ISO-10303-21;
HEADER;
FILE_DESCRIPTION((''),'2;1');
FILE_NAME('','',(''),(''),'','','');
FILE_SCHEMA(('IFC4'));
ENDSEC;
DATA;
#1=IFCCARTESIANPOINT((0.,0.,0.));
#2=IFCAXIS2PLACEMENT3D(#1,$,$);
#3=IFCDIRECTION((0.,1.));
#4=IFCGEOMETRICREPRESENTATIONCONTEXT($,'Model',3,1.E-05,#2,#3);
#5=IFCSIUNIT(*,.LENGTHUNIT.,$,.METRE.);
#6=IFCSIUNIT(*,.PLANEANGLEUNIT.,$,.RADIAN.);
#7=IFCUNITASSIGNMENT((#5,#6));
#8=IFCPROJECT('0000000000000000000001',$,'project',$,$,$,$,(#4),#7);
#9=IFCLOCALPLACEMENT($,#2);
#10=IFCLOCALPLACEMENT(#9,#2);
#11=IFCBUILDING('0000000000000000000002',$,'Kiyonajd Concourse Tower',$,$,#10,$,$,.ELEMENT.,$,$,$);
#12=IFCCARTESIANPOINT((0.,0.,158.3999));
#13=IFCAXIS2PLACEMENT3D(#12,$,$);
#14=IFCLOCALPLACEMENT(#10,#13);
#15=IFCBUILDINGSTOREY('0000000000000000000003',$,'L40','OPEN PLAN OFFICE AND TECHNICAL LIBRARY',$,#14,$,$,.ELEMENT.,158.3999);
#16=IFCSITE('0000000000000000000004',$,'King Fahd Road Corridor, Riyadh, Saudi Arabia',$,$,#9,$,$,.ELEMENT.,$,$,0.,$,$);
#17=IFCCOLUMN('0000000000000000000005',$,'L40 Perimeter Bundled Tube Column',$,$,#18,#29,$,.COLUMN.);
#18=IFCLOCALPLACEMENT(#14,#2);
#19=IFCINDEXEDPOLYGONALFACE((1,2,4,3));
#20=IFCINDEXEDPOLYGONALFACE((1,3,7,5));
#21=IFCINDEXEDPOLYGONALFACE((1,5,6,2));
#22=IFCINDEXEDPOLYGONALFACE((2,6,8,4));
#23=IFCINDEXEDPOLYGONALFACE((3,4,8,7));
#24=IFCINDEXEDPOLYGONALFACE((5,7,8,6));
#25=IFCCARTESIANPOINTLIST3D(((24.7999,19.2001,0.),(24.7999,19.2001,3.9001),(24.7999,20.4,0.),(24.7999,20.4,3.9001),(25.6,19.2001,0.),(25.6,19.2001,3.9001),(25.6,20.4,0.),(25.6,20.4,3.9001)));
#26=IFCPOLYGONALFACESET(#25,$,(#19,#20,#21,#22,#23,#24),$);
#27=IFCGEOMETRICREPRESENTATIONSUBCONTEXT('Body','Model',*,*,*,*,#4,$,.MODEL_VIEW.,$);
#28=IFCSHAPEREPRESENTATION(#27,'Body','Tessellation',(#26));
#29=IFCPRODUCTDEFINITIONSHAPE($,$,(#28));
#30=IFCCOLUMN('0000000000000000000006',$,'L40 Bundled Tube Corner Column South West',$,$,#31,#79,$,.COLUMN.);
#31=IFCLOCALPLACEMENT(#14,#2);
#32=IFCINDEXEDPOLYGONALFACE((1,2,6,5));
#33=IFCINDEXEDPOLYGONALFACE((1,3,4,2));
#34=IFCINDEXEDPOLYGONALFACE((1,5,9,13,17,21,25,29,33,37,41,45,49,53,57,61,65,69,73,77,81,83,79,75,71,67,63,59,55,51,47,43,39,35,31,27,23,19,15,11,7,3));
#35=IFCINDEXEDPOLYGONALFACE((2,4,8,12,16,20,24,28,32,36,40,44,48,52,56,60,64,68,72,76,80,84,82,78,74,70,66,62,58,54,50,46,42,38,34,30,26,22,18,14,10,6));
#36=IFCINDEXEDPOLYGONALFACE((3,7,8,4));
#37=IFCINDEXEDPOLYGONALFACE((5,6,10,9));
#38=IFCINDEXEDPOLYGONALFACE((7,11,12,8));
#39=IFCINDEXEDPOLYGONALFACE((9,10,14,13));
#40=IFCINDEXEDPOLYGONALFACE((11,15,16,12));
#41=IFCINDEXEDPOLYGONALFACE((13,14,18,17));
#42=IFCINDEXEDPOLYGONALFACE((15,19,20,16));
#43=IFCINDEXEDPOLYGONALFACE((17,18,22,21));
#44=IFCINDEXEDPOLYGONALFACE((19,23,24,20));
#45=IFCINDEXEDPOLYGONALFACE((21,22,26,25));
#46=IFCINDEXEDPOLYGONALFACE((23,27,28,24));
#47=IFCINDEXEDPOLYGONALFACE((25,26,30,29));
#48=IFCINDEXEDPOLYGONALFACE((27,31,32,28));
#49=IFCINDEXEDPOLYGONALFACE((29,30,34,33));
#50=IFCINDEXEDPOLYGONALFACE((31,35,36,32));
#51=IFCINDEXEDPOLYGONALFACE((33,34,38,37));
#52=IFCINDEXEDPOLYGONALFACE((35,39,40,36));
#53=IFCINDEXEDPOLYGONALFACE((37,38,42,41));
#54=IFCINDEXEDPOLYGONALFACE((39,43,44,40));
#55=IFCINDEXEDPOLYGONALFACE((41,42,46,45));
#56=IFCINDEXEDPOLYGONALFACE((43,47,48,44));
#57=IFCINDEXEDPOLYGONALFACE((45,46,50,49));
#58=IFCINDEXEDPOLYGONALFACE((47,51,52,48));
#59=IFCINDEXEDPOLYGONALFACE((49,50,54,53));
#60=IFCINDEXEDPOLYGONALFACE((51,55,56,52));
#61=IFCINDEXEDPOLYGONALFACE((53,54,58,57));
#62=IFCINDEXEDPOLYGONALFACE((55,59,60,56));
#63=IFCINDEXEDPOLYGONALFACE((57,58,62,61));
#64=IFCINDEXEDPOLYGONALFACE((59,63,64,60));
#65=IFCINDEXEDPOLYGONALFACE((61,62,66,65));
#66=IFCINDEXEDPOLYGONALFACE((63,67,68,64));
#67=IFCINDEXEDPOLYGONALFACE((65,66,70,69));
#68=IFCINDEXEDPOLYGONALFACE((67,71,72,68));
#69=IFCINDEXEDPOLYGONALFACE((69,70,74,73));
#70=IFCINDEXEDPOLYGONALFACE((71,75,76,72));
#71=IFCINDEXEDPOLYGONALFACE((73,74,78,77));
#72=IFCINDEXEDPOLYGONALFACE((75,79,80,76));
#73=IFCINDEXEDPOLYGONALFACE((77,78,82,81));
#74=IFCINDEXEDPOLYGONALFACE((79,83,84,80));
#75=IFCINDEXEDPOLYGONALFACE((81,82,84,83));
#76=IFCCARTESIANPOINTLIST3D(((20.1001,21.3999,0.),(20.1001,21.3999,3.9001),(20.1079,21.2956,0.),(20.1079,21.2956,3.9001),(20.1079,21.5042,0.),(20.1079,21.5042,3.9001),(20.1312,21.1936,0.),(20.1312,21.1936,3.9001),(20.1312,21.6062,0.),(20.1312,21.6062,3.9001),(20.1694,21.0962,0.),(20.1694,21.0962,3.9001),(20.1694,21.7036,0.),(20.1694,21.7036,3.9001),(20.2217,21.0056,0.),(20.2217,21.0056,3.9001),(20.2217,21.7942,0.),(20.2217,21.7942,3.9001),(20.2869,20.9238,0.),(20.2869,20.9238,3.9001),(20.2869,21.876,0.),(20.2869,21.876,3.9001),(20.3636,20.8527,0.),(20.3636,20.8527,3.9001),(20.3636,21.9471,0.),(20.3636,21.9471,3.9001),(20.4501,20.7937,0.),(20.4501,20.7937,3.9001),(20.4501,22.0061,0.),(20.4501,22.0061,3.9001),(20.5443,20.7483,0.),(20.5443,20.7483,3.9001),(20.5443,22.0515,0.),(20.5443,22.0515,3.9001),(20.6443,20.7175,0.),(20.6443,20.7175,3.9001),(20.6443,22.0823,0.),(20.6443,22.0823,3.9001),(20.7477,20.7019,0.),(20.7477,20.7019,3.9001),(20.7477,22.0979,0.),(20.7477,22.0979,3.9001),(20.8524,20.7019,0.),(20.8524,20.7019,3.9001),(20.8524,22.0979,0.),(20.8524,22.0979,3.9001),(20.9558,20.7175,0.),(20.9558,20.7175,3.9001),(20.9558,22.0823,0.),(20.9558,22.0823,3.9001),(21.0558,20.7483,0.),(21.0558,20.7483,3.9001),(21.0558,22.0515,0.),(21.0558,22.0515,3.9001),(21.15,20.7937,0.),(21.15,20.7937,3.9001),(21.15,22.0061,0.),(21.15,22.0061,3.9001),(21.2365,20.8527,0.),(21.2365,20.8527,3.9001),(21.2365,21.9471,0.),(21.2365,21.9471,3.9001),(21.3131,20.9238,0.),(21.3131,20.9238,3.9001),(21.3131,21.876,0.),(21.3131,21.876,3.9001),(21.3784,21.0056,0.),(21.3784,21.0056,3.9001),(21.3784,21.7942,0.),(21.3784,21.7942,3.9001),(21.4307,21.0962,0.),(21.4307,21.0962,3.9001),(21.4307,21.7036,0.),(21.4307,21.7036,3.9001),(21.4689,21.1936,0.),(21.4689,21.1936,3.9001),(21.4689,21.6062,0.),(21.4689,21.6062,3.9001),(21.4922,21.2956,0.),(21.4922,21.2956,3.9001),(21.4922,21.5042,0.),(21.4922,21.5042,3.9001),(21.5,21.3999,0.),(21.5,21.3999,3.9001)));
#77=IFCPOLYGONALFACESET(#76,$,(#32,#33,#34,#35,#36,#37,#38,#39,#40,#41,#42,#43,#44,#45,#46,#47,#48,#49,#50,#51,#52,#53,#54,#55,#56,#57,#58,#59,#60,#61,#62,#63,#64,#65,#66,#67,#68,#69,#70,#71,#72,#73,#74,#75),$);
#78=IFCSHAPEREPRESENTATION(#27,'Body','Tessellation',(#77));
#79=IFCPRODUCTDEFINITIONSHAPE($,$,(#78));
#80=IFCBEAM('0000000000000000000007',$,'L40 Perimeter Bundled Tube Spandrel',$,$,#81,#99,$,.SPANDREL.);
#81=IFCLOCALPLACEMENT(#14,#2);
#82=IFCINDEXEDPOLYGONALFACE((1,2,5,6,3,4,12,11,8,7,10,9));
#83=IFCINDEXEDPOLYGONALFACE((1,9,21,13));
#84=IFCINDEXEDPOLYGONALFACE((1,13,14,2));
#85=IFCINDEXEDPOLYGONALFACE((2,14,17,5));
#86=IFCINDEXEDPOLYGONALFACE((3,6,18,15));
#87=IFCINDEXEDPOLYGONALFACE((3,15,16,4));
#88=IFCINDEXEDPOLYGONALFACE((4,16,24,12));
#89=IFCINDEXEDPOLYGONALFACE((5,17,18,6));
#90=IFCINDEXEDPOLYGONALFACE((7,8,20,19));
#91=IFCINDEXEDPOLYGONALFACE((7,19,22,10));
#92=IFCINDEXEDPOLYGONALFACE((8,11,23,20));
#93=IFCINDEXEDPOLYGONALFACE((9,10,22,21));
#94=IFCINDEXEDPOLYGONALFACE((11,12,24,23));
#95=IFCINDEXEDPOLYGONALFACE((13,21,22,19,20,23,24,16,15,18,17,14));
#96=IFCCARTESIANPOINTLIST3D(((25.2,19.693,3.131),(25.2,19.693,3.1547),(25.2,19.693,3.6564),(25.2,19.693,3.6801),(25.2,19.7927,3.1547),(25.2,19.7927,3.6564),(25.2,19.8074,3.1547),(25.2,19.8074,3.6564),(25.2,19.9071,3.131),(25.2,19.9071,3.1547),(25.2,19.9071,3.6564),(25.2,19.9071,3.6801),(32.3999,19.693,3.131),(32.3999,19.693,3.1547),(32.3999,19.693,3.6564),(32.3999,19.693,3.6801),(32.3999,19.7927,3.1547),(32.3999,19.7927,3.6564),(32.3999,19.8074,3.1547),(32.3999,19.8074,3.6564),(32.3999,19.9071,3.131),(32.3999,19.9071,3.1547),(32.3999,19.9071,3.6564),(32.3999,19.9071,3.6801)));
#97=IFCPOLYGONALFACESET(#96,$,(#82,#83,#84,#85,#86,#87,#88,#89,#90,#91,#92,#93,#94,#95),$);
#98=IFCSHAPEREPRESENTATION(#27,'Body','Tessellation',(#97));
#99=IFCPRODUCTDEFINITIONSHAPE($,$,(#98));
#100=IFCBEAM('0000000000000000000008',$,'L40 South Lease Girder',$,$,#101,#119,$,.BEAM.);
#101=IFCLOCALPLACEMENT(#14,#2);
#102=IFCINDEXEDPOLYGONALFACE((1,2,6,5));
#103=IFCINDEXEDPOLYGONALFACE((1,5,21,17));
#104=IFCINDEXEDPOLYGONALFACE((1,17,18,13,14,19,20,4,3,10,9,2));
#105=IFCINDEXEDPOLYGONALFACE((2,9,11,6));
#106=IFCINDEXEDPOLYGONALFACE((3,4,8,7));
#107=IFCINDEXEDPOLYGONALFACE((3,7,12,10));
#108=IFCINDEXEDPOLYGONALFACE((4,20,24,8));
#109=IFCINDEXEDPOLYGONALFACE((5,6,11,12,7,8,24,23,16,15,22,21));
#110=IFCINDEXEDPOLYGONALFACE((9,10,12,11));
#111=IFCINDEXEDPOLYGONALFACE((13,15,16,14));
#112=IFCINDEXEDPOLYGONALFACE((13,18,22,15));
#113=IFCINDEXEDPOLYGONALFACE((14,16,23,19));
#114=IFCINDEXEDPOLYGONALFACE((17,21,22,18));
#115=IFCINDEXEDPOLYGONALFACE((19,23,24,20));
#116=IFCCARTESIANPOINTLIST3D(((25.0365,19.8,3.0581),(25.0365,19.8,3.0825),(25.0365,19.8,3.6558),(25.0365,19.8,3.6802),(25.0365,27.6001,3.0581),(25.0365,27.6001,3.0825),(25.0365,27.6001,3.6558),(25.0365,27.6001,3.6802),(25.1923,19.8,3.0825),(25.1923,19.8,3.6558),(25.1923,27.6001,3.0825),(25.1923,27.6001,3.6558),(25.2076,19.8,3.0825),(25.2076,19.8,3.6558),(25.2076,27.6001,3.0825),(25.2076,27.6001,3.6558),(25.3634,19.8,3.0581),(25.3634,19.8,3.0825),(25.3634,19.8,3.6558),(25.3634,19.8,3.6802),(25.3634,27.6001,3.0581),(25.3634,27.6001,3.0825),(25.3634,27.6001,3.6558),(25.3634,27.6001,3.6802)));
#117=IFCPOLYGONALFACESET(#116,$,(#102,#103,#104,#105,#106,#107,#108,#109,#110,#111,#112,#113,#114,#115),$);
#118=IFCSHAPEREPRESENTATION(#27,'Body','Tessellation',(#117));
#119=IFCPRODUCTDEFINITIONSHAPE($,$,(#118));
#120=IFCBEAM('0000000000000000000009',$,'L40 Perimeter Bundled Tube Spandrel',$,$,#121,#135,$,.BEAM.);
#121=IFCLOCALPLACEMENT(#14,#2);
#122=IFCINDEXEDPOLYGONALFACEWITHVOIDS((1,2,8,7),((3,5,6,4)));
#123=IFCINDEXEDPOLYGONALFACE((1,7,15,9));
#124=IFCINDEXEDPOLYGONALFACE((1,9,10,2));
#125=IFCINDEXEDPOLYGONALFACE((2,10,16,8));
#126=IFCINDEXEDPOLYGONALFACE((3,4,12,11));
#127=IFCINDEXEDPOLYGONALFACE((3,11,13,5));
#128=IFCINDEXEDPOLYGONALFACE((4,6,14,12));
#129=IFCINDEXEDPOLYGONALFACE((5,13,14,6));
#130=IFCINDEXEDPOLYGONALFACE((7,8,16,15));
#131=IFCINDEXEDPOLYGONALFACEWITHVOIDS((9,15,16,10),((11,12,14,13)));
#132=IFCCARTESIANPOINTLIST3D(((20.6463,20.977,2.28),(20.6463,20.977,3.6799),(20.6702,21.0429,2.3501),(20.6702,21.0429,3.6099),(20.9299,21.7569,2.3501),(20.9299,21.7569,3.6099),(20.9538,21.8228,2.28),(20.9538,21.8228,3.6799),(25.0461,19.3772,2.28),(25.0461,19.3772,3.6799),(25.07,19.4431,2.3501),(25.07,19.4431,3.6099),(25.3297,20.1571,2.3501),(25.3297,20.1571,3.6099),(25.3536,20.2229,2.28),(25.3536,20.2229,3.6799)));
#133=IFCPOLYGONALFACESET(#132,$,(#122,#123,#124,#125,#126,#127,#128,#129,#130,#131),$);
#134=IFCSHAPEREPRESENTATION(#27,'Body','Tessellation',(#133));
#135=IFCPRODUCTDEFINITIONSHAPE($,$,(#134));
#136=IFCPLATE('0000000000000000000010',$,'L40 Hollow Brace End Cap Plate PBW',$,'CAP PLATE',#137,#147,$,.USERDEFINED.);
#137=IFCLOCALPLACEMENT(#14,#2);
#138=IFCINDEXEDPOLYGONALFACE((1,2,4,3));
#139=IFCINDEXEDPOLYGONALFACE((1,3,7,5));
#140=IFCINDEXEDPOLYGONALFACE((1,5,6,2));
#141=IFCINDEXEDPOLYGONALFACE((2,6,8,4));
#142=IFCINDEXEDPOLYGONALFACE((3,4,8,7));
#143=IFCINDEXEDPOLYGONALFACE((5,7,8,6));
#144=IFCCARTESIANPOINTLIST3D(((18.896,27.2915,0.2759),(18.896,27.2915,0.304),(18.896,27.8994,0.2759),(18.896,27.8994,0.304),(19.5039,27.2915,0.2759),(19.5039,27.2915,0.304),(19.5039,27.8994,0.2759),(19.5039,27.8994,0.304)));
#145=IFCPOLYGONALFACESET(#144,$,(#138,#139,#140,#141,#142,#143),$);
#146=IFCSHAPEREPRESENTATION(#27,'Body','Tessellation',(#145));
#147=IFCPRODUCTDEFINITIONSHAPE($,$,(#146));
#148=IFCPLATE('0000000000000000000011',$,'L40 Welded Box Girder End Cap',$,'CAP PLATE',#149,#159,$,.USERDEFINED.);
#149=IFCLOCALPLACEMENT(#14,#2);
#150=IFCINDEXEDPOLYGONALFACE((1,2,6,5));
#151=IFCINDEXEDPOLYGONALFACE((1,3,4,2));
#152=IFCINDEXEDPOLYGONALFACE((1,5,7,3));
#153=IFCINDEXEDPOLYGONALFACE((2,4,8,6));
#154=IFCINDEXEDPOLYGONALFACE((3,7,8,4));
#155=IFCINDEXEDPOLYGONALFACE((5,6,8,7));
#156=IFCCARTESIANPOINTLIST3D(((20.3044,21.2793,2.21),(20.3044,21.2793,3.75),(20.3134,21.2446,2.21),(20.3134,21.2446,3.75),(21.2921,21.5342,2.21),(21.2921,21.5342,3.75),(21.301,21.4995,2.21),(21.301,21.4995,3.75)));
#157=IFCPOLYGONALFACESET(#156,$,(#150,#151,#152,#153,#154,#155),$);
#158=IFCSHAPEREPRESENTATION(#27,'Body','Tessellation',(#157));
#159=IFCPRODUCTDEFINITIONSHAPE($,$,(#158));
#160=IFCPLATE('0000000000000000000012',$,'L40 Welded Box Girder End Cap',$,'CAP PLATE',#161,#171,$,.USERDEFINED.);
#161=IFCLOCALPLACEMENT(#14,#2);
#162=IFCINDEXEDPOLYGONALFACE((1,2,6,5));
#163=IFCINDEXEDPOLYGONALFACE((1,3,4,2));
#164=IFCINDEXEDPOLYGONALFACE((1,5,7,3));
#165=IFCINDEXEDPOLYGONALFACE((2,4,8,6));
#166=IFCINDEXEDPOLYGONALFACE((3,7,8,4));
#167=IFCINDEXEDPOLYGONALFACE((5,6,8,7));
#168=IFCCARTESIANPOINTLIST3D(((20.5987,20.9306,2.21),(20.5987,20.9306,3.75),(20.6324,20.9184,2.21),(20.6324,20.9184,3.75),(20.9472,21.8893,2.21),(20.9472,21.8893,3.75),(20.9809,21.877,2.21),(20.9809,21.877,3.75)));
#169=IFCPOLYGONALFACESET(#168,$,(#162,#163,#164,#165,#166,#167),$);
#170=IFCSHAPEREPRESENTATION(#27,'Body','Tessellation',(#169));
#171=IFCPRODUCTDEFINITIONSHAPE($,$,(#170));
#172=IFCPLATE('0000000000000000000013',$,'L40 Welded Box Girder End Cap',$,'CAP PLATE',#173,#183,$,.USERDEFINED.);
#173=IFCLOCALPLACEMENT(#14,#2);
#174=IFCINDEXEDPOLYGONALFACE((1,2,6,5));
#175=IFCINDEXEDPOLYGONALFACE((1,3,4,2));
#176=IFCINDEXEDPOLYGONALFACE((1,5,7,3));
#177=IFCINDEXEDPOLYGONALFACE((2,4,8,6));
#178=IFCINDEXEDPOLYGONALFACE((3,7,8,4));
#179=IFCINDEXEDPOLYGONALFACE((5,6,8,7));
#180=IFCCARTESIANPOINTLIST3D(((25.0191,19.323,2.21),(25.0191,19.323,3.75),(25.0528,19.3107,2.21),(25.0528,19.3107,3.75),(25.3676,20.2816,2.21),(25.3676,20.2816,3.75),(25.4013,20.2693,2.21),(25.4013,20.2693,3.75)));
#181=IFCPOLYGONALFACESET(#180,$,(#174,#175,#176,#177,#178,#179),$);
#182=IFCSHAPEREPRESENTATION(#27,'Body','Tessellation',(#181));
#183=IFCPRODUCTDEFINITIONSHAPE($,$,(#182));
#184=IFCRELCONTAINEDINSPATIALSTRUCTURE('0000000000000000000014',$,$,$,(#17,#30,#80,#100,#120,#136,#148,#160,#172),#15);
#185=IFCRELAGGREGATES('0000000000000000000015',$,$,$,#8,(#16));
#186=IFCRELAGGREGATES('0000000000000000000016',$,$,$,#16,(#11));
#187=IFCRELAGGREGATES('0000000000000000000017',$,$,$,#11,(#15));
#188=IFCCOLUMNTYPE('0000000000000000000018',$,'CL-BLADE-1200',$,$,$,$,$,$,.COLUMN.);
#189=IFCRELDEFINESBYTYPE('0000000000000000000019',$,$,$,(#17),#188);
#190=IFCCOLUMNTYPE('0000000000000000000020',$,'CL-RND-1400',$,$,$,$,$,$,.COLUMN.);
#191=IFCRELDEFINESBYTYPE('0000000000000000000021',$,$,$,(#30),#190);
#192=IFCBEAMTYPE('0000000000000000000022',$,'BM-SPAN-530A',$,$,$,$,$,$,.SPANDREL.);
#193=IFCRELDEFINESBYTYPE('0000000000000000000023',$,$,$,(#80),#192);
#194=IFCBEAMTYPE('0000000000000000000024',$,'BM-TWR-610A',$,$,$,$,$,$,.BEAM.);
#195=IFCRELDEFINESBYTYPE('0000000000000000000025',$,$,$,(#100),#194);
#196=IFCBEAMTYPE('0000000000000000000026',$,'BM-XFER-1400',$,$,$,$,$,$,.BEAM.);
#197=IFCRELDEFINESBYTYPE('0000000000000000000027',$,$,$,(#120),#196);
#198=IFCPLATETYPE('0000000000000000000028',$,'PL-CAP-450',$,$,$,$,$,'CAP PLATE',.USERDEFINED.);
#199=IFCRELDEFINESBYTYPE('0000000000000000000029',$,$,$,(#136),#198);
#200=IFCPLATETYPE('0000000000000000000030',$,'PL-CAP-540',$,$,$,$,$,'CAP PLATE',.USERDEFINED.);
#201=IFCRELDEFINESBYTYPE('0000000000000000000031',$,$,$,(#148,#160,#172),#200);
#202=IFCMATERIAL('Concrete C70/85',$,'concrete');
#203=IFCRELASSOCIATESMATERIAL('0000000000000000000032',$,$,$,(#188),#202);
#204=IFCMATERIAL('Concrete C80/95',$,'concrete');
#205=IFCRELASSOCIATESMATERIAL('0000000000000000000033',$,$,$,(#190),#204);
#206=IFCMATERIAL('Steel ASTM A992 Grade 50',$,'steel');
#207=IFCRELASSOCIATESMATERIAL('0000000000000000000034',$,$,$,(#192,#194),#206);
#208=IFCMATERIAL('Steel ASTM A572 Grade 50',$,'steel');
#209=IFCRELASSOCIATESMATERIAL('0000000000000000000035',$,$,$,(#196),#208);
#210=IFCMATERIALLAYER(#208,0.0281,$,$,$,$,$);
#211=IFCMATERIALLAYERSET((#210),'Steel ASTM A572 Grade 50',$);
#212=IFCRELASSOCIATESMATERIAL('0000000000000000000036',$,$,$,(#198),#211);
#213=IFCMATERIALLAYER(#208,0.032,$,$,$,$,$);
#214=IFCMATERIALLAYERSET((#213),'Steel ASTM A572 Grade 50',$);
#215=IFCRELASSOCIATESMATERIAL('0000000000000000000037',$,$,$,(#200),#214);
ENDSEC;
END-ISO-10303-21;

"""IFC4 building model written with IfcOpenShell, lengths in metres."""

from ifc_helpers import new_model, si_unit, direction, frame, origin, origin_2d, place, context, subcontext, project, spatial, rectangle, hollow_rectangle, circle, i_section, extrude, material, layer, layer_set, material_profile, profile_set, type_object, element, save


model = new_model("IFC4")

# Units and contexts
model_context = context("Model", 3, precision=1e-05, world=origin(), true_north=direction((0.0, 1.0)))
body_context = subcontext(model_context, "Body", "Model", "MODEL_VIEW")
ifc_project = project(units=[si_unit("LENGTHUNIT", "METRE"), si_unit("PLANEANGLEUNIT", "RADIAN")], contexts=[model_context])

# Site, building, storey
site_placement = place(None, origin())
site = spatial("IfcSite", under=ifc_project, at=site_placement, Name="King Fahd Road Corridor, Riyadh, Saudi Arabia", CompositionType="ELEMENT", RefElevation=0.0)
building_placement = place(site_placement, origin())
building = spatial("IfcBuilding", under=site, at=building_placement, Name="Kiyonajd Concourse Tower", CompositionType="ELEMENT")
storey_placement = place(building_placement, frame((0.0, 0.0, 158.3999)))
storey = spatial("IfcBuildingStorey", under=building, at=storey_placement, Name="L40", Description="OPEN PLAN OFFICE AND TECHNICAL LIBRARY", CompositionType="ELEMENT", Elevation=158.3999)

# Columns
ifc_material_1 = material(Name="Concrete C70/85", Category="concrete")
ifc_material_profile_1 = material_profile(ifc_material_1, rectangle(XDim=0.8, YDim=1.2, at=origin_2d()), Name="RC-1200x800")
ifc_profile_set_1 = profile_set([ifc_material_profile_1], Name="Concrete C70/85")
column_type_1 = type_object("IfcColumnType", Name="CL-BLADE-1200", PredefinedType="COLUMN", material=ifc_profile_set_1)
column_1_placement = place(storey_placement, frame((25.2, 19.8, 0.0), z_axis=(0.0, 0.0, 1.0), x_axis=(1.0, 0.0, 0.0)))
element("IfcColumn", 1, at=column_1_placement, inside=storey, type_object=column_type_1, Name="L40 Perimeter Bundled Tube Column", PredefinedType="COLUMN", context=body_context, shape_type="SweptSolid", body=[
    extrude(rectangle(XDim=0.8, YDim=1.2, at=origin_2d()), origin(), (0.0, 0.0, 1.0), 3.9001),
])
ifc_material_2 = material(Name="Concrete C80/95", Category="concrete")
ifc_material_profile_2 = material_profile(ifc_material_2, circle(Radius=0.7, at=origin_2d()), Name="RCC-D1400")
ifc_profile_set_2 = profile_set([ifc_material_profile_2], Name="Concrete C80/95")
column_type_2 = type_object("IfcColumnType", Name="CL-RND-1400", PredefinedType="COLUMN", material=ifc_profile_set_2)
column_2_placement = place(storey_placement, frame((20.8, 21.3999, 0.0), z_axis=(0.0, 0.0, 1.0), x_axis=(1.0, 0.0, 0.0)))
element("IfcColumn", 2, at=column_2_placement, inside=storey, type_object=column_type_2, Name="L40 Bundled Tube Corner Column South West", PredefinedType="COLUMN", context=body_context, shape_type="SweptSolid", body=[
    extrude(circle(Radius=0.7, at=origin_2d()), origin(), (0.0, 0.0, 1.0), 3.9001),
])

# Beams
ifc_material_3 = material(Name="Steel ASTM A992 Grade 50", Category="steel")
ifc_material_profile_3 = material_profile(ifc_material_3, i_section(OverallWidth=0.2141, OverallDepth=0.5491, WebThickness=0.0146, FlangeThickness=0.0237, at=origin_2d()), Name="W530X138")
ifc_profile_set_3 = profile_set([ifc_material_profile_3], Name="Steel ASTM A992 Grade 50")
beam_type_1 = type_object("IfcBeamType", Name="BM-SPAN-530A", PredefinedType="SPANDREL", material=ifc_profile_set_3)
beam_1_placement = place(storey_placement, frame((25.2, 19.8, 3.4055), z_axis=(1.0, 0.0, 0.0), x_axis=(0.0, 1.0, 0.0)))
element("IfcBeam", 3, at=beam_1_placement, inside=storey, type_object=beam_type_1, Name="L40 Perimeter Bundled Tube Spandrel", PredefinedType="SPANDREL", context=body_context, shape_type="SweptSolid", body=[
    extrude(i_section(OverallWidth=0.2141, OverallDepth=0.5491, WebThickness=0.0146, FlangeThickness=0.0237, at=origin_2d()), origin(), (0.0, 0.0, 1.0), 7.2),
])
ifc_material_profile_4 = material_profile(ifc_material_3, i_section(OverallWidth=0.3269, OverallDepth=0.6221, WebThickness=0.0154, FlangeThickness=0.0244, at=origin_2d()), Name="W610X195")
ifc_profile_set_4 = profile_set([ifc_material_profile_4], Name="Steel ASTM A992 Grade 50")
beam_type_2 = type_object("IfcBeamType", Name="BM-TWR-610A", PredefinedType="BEAM", material=ifc_profile_set_4)
beam_2_placement = place(storey_placement, frame((25.2, 19.8, 3.3691), z_axis=(0.0, 1.0, 0.0), x_axis=(-1.0, 0.0, 0.0)))
element("IfcBeam", 4, at=beam_2_placement, inside=storey, type_object=beam_type_2, Name="L40 South Lease Girder", PredefinedType="BEAM", context=body_context, shape_type="SweptSolid", body=[
    extrude(i_section(OverallWidth=0.3269, OverallDepth=0.6221, WebThickness=0.0154, FlangeThickness=0.0244, at=origin_2d()), origin(), (0.0, 0.0, 1.0), 7.8),
])
ifc_material_4 = material(Name="Steel ASTM A572 Grade 50", Category="steel")
ifc_material_profile_5 = material_profile(ifc_material_4, hollow_rectangle(XDim=0.8999, YDim=1.3999, WallThickness=0.0701, at=origin_2d()), Name="BOX-1400x900x70")
ifc_profile_set_5 = profile_set([ifc_material_profile_5], Name="Steel ASTM A572 Grade 50")
beam_type_3 = type_object("IfcBeamType", Name="BM-XFER-1400", PredefinedType="BEAM", material=ifc_profile_set_5)
beam_3_placement = place(storey_placement, frame((20.8, 21.3999, 2.98), z_axis=(0.939801, -0.341722, 0.0), x_axis=(0.341722, 0.939801, 0.0)))
element("IfcBeam", 5, at=beam_3_placement, inside=storey, type_object=beam_type_3, Name="L40 Perimeter Bundled Tube Spandrel", PredefinedType="BEAM", context=body_context, shape_type="SweptSolid", body=[
    extrude(hollow_rectangle(XDim=0.8999, YDim=1.3999, WallThickness=0.0701, at=origin_2d()), origin(), (0.0, 0.0, 1.0), 4.6816),
])

# Plates
ifc_layer_1 = layer(ifc_material_4, 0.0281)
ifc_layer_set_1 = layer_set([ifc_layer_1], Name="Steel ASTM A572 Grade 50")
plate_type_1 = type_object("IfcPlateType", Name="PL-CAP-450", ElementType="CAP PLATE", PredefinedType="USERDEFINED", material=ifc_layer_set_1)
plate_placement = place(storey_placement, frame((19.2, 27.5955, 0.2759), z_axis=(0.0, 0.0, 1.0), x_axis=(1.0, 0.0, 0.0)))
element("IfcPlate", 6, at=plate_placement, inside=storey, type_object=plate_type_1, Name="L40 Hollow Brace End Cap Plate PBW", ObjectType="CAP PLATE", PredefinedType="USERDEFINED", context=body_context, shape_type="SweptSolid", body=[
    extrude(rectangle(XDim=0.6079, YDim=0.6079, at=origin_2d()), origin(), (0.0, 0.0, 1.0), 0.0281),
])
ifc_layer_2 = layer(ifc_material_4, 0.032)
ifc_layer_set_2 = layer_set([ifc_layer_2], Name="Steel ASTM A572 Grade 50")
plate_type_2 = type_object("IfcPlateType", Name="PL-CAP-540", ElementType="CAP PLATE", PredefinedType="USERDEFINED", material=ifc_layer_set_2)
for number, where, z_axis, x_axis, name in (
    (7, (20.8027, 21.3894, 2.21), (0.0, 0.0, 1.0), (0.249873, -0.968279, 0.0), "L40 Welded Box Girder End Cap"),
    (8, (20.7898, 21.4038, 2.21), (0.0, 0.0, 1.0), (-0.939812, 0.341692, 0.0), "L40 Welded Box Girder End Cap"),
    (9, (25.2102, 19.7961, 2.21), (0.0, 0.0, 1.0), (0.939812, -0.341692, 0.0), "L40 Welded Box Girder End Cap"),
):
    element("IfcPlate", number, at=place(storey_placement, frame(where, z_axis=z_axis, x_axis=x_axis)), inside=storey, type_object=plate_type_2, Name=name, ObjectType="CAP PLATE", PredefinedType="USERDEFINED", context=body_context, shape_type="SweptSolid", body=[
        extrude(rectangle(XDim=0.0359, YDim=1.02, at=origin_2d()), origin(), (0.0, 0.0, 1.0), 1.54),
    ])

save(model, "model.ifc")
